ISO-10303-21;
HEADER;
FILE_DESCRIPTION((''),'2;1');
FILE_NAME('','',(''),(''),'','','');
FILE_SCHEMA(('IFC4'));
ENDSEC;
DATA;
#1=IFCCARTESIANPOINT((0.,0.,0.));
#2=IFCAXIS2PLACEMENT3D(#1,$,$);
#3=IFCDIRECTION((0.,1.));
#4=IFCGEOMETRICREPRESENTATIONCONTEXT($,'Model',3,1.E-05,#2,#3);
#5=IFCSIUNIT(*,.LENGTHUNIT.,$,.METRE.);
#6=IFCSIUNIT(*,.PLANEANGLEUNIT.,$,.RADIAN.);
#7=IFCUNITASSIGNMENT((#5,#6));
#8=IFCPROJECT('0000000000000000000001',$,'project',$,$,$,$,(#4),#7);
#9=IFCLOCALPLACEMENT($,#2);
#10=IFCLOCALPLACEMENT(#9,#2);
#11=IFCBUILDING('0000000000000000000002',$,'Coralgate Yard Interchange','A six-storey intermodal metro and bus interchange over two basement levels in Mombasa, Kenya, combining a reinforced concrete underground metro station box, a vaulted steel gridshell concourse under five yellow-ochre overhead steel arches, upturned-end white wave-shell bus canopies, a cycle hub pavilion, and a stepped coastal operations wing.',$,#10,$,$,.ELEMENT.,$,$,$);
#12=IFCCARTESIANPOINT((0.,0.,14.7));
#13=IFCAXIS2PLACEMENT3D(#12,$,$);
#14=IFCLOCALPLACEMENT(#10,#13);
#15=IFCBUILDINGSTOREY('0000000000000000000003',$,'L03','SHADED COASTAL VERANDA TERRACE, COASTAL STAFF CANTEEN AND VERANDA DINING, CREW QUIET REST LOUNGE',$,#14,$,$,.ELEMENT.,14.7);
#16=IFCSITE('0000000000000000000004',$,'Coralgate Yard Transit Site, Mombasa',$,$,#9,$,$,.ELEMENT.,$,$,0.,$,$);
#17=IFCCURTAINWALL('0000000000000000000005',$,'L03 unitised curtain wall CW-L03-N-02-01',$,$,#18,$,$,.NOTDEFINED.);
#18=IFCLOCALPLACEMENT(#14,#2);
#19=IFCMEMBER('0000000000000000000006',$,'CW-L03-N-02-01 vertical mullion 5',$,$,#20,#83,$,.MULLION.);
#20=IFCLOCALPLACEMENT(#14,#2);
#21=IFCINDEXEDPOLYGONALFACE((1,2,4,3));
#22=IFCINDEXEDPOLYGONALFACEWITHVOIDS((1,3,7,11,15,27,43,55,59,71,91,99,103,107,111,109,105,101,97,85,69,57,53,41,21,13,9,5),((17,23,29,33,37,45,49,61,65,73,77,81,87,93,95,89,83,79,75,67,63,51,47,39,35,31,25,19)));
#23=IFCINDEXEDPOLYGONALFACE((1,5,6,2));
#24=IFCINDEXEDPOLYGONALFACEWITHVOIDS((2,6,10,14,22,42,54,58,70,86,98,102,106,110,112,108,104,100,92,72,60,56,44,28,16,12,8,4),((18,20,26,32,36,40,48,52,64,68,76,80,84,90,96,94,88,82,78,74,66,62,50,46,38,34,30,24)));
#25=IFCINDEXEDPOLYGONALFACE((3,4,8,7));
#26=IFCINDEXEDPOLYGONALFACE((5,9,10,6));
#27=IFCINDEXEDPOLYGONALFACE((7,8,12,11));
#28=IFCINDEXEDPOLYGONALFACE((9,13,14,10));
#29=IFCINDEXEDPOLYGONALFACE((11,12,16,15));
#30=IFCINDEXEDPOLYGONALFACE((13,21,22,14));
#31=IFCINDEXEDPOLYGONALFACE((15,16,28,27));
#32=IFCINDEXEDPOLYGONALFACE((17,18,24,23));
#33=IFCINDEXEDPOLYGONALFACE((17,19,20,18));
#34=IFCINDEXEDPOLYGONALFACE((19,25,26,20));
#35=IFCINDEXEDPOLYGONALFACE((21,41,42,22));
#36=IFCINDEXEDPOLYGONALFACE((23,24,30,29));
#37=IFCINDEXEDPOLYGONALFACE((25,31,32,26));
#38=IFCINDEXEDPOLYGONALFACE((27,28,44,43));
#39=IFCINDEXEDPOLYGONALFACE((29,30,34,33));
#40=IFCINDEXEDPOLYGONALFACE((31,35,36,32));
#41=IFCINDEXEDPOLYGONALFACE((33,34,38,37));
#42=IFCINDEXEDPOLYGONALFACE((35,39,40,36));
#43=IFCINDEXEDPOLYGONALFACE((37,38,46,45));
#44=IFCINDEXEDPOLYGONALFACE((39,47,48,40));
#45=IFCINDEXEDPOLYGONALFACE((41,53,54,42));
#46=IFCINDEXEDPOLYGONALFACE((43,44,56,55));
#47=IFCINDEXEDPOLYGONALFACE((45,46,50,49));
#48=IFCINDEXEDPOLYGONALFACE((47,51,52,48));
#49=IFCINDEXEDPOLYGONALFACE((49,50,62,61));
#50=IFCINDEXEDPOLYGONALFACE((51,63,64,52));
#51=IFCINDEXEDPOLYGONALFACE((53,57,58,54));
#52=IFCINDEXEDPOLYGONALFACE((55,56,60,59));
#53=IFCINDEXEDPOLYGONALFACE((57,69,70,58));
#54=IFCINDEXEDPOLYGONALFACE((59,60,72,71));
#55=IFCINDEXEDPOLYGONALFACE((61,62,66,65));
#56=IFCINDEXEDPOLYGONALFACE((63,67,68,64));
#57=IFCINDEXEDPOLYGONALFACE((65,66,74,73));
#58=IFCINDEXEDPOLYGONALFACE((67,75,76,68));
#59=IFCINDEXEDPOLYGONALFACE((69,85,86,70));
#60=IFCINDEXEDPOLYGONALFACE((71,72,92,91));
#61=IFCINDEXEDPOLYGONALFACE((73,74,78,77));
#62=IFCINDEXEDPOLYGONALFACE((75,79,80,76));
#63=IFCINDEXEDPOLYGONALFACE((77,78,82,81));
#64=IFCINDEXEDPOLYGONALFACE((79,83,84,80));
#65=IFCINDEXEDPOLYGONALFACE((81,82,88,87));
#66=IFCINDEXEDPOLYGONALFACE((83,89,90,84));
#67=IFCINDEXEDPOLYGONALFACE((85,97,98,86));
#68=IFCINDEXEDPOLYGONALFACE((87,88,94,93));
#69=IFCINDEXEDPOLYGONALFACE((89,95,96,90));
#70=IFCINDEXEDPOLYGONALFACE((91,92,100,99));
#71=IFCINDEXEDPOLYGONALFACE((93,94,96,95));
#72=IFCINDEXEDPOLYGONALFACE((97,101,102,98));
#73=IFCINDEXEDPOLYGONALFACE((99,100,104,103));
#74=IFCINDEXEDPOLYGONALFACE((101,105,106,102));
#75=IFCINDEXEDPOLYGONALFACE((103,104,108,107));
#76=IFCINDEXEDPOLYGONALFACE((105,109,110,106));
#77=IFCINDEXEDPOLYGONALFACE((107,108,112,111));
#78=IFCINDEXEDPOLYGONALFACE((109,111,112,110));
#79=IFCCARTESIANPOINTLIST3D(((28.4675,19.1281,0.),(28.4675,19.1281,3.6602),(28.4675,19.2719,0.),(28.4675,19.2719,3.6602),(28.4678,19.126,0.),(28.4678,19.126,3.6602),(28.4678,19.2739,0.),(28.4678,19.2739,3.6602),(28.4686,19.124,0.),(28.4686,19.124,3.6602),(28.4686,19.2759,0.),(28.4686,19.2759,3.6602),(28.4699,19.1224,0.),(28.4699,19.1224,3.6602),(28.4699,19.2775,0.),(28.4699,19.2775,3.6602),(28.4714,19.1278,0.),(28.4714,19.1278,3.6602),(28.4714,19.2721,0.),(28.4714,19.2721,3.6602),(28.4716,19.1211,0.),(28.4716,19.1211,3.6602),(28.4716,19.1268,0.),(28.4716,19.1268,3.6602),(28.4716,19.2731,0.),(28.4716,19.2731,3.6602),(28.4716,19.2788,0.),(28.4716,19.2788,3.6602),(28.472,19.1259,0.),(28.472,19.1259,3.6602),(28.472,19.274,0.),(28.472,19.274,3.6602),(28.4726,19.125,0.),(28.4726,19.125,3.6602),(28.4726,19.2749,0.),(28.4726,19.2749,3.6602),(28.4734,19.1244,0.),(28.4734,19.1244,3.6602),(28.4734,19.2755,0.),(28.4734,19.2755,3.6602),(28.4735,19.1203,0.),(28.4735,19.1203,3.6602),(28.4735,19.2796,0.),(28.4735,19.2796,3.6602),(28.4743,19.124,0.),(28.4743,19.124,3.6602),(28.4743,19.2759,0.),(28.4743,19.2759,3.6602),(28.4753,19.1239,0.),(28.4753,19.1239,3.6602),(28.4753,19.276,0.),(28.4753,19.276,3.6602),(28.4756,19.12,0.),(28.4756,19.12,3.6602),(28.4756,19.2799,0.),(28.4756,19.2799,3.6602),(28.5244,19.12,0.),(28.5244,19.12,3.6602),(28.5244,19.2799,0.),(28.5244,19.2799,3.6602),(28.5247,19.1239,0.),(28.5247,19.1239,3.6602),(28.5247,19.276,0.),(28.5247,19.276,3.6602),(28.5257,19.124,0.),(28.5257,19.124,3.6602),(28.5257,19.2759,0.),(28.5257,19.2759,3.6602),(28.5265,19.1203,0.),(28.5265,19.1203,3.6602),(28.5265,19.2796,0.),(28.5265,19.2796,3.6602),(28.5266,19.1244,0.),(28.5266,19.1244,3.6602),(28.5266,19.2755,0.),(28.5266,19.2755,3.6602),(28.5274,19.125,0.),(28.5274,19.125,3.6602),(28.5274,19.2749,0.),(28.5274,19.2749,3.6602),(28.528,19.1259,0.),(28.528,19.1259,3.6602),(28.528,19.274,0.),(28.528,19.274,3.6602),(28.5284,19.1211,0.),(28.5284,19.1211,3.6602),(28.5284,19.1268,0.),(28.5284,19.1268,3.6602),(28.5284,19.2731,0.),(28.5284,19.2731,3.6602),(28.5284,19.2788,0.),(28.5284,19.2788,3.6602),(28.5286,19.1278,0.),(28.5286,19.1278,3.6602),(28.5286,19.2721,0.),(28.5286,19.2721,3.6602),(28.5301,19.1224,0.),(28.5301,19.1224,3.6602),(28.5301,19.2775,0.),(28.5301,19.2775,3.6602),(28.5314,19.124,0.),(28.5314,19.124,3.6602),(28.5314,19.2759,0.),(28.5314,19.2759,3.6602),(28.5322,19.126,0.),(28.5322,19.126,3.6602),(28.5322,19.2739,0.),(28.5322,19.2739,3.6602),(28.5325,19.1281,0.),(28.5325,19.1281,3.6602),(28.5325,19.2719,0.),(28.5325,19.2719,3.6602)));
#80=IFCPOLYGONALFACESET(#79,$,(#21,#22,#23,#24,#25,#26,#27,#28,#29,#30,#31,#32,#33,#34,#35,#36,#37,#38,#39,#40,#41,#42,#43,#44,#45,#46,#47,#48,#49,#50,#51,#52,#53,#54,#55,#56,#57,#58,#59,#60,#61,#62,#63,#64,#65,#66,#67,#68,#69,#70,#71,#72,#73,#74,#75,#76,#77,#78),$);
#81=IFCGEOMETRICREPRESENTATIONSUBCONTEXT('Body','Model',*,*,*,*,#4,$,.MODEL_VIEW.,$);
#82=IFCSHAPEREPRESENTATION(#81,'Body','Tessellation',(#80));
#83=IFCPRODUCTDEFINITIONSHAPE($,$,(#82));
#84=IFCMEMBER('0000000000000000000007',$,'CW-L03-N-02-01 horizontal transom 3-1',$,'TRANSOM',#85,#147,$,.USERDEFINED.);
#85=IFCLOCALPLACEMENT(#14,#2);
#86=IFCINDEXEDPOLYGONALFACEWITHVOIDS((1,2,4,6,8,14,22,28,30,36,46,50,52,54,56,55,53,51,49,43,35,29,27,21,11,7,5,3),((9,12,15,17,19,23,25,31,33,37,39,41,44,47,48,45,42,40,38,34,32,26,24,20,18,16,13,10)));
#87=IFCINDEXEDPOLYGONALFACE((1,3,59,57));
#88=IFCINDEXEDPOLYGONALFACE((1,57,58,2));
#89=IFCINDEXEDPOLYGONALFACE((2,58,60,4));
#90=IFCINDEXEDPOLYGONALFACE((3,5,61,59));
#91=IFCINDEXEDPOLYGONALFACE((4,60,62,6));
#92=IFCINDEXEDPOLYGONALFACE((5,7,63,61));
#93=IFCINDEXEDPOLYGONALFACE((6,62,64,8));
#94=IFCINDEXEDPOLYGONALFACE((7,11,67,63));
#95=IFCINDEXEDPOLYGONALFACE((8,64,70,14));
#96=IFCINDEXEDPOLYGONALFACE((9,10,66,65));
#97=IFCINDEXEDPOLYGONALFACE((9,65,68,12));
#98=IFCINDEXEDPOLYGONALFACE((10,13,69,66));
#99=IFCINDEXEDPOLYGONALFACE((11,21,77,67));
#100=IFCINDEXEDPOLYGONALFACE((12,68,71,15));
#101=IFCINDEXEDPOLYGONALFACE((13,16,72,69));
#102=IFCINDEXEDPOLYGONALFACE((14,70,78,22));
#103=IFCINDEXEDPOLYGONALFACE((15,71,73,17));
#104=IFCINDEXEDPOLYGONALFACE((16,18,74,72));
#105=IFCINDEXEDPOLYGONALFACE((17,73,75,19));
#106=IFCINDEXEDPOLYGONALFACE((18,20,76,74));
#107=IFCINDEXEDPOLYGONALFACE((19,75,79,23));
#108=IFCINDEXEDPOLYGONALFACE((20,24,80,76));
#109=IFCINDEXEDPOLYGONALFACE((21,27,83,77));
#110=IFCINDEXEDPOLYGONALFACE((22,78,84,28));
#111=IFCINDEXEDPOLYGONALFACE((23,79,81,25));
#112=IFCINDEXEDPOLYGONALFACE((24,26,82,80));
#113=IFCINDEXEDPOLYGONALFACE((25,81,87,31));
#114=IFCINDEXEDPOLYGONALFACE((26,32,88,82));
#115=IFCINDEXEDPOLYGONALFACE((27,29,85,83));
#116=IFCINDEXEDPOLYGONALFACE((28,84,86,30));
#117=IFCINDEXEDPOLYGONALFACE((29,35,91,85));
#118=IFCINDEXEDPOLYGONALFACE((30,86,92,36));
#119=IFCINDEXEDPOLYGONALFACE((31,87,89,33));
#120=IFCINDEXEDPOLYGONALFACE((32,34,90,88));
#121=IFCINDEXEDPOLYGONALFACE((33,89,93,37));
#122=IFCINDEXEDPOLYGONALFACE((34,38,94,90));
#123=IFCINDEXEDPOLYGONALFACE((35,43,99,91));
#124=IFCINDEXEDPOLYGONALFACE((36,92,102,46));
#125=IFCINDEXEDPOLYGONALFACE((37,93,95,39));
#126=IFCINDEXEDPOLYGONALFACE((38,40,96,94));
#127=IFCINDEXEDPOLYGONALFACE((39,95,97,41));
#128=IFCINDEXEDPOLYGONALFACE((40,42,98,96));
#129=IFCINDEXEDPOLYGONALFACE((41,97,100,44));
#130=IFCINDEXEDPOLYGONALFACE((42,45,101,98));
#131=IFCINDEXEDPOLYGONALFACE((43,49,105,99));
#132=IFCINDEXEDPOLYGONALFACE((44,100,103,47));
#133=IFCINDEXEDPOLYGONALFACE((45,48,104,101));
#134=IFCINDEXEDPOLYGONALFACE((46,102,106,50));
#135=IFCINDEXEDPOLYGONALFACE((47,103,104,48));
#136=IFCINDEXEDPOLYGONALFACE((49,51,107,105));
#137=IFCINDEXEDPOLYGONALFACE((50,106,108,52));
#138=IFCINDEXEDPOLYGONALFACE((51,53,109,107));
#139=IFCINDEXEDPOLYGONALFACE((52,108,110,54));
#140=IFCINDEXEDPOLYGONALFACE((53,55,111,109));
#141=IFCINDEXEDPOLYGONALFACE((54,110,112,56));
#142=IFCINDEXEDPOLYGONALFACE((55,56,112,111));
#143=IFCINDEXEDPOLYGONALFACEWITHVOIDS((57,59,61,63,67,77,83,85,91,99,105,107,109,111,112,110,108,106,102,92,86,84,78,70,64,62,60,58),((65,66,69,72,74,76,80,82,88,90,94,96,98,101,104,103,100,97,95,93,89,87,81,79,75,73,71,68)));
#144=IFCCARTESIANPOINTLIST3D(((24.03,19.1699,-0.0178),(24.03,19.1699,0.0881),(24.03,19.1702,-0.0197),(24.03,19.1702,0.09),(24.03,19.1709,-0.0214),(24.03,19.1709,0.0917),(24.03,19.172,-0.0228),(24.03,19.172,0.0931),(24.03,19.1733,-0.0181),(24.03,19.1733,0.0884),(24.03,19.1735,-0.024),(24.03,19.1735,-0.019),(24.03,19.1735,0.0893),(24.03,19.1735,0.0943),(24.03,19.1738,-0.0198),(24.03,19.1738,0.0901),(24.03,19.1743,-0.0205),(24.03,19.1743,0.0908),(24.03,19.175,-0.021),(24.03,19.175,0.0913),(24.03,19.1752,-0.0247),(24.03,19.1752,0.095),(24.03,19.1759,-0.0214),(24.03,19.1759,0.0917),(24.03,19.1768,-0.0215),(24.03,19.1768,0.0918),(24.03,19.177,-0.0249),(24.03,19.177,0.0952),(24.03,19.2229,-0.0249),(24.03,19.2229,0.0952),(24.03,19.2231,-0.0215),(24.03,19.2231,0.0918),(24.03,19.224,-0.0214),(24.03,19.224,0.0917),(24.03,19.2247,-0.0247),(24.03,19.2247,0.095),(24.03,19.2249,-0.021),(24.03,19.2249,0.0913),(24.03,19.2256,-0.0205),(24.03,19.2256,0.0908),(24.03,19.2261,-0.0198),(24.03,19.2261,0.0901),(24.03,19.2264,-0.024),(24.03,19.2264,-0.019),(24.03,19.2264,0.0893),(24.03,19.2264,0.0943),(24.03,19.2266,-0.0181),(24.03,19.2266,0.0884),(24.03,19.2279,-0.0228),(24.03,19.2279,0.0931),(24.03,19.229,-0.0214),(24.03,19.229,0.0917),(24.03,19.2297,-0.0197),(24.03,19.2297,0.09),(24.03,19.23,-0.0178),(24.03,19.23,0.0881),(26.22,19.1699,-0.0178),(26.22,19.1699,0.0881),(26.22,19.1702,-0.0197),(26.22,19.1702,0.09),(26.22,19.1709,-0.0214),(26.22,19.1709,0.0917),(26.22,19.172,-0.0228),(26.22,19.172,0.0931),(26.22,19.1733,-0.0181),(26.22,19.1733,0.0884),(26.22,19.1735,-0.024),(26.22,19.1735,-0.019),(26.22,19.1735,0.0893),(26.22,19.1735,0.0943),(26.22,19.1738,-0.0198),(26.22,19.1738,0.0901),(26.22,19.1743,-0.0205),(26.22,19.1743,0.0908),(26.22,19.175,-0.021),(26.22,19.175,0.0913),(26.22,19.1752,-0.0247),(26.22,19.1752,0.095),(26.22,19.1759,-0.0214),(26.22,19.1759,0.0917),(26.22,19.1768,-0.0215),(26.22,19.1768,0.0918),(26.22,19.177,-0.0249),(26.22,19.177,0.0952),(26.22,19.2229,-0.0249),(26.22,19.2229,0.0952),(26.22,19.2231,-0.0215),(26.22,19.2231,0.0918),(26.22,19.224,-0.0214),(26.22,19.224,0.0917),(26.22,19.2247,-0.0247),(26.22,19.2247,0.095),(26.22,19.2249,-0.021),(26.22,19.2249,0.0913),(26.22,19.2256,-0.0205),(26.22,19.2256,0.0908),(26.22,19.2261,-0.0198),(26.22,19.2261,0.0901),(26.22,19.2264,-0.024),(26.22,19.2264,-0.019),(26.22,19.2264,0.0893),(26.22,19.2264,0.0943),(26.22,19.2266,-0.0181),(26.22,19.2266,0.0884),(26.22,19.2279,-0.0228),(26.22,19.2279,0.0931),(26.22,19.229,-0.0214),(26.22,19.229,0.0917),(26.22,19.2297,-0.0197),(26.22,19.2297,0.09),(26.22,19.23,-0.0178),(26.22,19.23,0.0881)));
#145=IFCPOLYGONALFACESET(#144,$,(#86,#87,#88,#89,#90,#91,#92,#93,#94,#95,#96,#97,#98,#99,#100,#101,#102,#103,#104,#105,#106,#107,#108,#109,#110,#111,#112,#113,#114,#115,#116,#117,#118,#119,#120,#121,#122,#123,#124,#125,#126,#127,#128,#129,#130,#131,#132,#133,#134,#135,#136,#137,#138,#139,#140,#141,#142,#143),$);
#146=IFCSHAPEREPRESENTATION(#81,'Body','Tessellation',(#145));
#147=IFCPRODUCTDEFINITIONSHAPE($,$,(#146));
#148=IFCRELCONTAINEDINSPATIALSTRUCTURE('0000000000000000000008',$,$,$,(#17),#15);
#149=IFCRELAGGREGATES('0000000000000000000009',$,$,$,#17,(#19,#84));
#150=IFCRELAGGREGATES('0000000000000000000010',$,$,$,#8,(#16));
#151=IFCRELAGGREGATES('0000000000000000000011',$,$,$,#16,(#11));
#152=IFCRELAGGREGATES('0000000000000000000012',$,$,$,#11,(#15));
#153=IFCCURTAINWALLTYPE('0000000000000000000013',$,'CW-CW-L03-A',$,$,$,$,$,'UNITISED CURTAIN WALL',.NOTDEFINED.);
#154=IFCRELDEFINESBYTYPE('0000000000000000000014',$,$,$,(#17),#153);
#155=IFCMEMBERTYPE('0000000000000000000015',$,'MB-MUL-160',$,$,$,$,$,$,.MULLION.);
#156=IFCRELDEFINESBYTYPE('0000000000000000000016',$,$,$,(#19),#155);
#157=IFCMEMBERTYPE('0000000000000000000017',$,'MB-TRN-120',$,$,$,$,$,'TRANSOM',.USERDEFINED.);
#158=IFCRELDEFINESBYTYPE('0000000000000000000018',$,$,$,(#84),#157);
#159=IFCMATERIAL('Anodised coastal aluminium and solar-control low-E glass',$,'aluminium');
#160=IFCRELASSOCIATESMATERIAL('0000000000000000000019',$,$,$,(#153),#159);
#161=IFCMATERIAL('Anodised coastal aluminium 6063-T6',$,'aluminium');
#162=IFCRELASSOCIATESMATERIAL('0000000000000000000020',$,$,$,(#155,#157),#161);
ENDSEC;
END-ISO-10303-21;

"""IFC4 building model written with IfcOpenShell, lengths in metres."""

from ifc_helpers import new_model, si_unit, direction, frame, origin, origin_2d, place, context, subcontext, project, spatial, hollow_rectangle, extrude, material, material_profile, profile_set, type_object, element, aggregate, save


model = new_model("IFC4")

# Units and contexts
model_context = context("Model", 3, precision=1e-05, world=origin(), true_north=direction((0.0, 1.0)))
body_context = subcontext(model_context, "Body", "Model", "MODEL_VIEW")
ifc_project = project(units=[si_unit("LENGTHUNIT", "METRE"), si_unit("PLANEANGLEUNIT", "RADIAN")], contexts=[model_context])

# Site, building, storey
site_placement = place(None, origin())
site = spatial("IfcSite", under=ifc_project, at=site_placement, Name="Coralgate Yard Transit Site, Mombasa", CompositionType="ELEMENT", RefElevation=0.0)
building_placement = place(site_placement, origin())
building = spatial("IfcBuilding", under=site, at=building_placement, Name="Coralgate Yard Interchange", Description="A six-storey intermodal metro and bus interchange over two basement levels in Mombasa, Kenya, combining a reinforced concrete underground metro station box, a vaulted steel gridshell concourse under five yellow-ochre overhead steel arches, upturned-end white wave-shell bus canopies, a cycle hub pavilion, and a stepped coastal operations wing.", CompositionType="ELEMENT")
storey_placement = place(building_placement, frame((0.0, 0.0, 14.7)))
storey = spatial("IfcBuildingStorey", under=building, at=storey_placement, Name="L03", Description="SHADED COASTAL VERANDA TERRACE, COASTAL STAFF CANTEEN AND VERANDA DINING, CREW QUIET REST LOUNGE", CompositionType="ELEMENT", Elevation=14.7)

# Curtain wall, members
ifc_material_1 = material(Name="Anodised coastal aluminium and solar-control low-E glass", Category="aluminium")
curtain_wall_type = type_object("IfcCurtainWallType", Name="CW-CW-L03-A", ElementType="UNITISED CURTAIN WALL", PredefinedType="NOTDEFINED", material=ifc_material_1)
curtain_wall_placement = place(storey_placement, origin())
curtain_wall = element("IfcCurtainWall", 1, at=curtain_wall_placement, inside=storey, type_object=curtain_wall_type, Name="L03 unitised curtain wall CW-L03-N-02-01", PredefinedType="NOTDEFINED")
ifc_material_2 = material(Name="Anodised coastal aluminium 6063-T6", Category="aluminium")
ifc_material_profile_1 = material_profile(ifc_material_2, hollow_rectangle(XDim=0.0649, YDim=0.1599, WallThickness=0.0039, InnerFilletRadius=0.0039, OuterFilletRadius=0.0081, at=origin_2d()), Name="ALU 65x160x4")
ifc_profile_set_1 = profile_set([ifc_material_profile_1], Name="Anodised coastal aluminium 6063-T6")
member_type_1 = type_object("IfcMemberType", Name="MB-MUL-160", PredefinedType="MULLION", material=ifc_profile_set_1)
member_1_placement = place(storey_placement, frame((28.5, 19.2, 0.0), z_axis=(0.0, 0.0, 1.0), x_axis=(1.0, 0.0, 0.0)))
member_1 = element("IfcMember", 2, at=member_1_placement, type_object=member_type_1, Name="CW-L03-N-02-01 vertical mullion 5", PredefinedType="MULLION", context=body_context, shape_type="SweptSolid", body=[
    extrude(hollow_rectangle(XDim=0.0649, YDim=0.1599, WallThickness=0.0039, InnerFilletRadius=0.0039, OuterFilletRadius=0.0081, at=origin_2d()), origin(), (0.0, 0.0, 1.0), 3.6602),
])
ifc_material_profile_2 = material_profile(ifc_material_2, hollow_rectangle(XDim=0.0601, YDim=0.1201, WallThickness=0.0034, InnerFilletRadius=0.0034, OuterFilletRadius=0.0071, at=origin_2d()), Name="ALU 60x120x3.5")
ifc_profile_set_2 = profile_set([ifc_material_profile_2], Name="Anodised coastal aluminium 6063-T6")
member_type_2 = type_object("IfcMemberType", Name="MB-TRN-120", ElementType="TRANSOM", PredefinedType="USERDEFINED", material=ifc_profile_set_2)
member_2_placement = place(storey_placement, frame((24.03, 19.2, 0.0352), z_axis=(1.0, 0.0, 0.0), x_axis=(0.0, 1.0, 0.0)))
member_2 = element("IfcMember", 3, at=member_2_placement, type_object=member_type_2, Name="CW-L03-N-02-01 horizontal transom 3-1", ObjectType="TRANSOM", PredefinedType="USERDEFINED", context=body_context, shape_type="SweptSolid", body=[
    extrude(hollow_rectangle(XDim=0.0601, YDim=0.1201, WallThickness=0.0034, InnerFilletRadius=0.0034, OuterFilletRadius=0.0071, at=origin_2d()), origin(), (0.0, 0.0, 1.0), 2.1899),
])
aggregate(curtain_wall, [member_1, member_2])

save(model, "model.ifc")
